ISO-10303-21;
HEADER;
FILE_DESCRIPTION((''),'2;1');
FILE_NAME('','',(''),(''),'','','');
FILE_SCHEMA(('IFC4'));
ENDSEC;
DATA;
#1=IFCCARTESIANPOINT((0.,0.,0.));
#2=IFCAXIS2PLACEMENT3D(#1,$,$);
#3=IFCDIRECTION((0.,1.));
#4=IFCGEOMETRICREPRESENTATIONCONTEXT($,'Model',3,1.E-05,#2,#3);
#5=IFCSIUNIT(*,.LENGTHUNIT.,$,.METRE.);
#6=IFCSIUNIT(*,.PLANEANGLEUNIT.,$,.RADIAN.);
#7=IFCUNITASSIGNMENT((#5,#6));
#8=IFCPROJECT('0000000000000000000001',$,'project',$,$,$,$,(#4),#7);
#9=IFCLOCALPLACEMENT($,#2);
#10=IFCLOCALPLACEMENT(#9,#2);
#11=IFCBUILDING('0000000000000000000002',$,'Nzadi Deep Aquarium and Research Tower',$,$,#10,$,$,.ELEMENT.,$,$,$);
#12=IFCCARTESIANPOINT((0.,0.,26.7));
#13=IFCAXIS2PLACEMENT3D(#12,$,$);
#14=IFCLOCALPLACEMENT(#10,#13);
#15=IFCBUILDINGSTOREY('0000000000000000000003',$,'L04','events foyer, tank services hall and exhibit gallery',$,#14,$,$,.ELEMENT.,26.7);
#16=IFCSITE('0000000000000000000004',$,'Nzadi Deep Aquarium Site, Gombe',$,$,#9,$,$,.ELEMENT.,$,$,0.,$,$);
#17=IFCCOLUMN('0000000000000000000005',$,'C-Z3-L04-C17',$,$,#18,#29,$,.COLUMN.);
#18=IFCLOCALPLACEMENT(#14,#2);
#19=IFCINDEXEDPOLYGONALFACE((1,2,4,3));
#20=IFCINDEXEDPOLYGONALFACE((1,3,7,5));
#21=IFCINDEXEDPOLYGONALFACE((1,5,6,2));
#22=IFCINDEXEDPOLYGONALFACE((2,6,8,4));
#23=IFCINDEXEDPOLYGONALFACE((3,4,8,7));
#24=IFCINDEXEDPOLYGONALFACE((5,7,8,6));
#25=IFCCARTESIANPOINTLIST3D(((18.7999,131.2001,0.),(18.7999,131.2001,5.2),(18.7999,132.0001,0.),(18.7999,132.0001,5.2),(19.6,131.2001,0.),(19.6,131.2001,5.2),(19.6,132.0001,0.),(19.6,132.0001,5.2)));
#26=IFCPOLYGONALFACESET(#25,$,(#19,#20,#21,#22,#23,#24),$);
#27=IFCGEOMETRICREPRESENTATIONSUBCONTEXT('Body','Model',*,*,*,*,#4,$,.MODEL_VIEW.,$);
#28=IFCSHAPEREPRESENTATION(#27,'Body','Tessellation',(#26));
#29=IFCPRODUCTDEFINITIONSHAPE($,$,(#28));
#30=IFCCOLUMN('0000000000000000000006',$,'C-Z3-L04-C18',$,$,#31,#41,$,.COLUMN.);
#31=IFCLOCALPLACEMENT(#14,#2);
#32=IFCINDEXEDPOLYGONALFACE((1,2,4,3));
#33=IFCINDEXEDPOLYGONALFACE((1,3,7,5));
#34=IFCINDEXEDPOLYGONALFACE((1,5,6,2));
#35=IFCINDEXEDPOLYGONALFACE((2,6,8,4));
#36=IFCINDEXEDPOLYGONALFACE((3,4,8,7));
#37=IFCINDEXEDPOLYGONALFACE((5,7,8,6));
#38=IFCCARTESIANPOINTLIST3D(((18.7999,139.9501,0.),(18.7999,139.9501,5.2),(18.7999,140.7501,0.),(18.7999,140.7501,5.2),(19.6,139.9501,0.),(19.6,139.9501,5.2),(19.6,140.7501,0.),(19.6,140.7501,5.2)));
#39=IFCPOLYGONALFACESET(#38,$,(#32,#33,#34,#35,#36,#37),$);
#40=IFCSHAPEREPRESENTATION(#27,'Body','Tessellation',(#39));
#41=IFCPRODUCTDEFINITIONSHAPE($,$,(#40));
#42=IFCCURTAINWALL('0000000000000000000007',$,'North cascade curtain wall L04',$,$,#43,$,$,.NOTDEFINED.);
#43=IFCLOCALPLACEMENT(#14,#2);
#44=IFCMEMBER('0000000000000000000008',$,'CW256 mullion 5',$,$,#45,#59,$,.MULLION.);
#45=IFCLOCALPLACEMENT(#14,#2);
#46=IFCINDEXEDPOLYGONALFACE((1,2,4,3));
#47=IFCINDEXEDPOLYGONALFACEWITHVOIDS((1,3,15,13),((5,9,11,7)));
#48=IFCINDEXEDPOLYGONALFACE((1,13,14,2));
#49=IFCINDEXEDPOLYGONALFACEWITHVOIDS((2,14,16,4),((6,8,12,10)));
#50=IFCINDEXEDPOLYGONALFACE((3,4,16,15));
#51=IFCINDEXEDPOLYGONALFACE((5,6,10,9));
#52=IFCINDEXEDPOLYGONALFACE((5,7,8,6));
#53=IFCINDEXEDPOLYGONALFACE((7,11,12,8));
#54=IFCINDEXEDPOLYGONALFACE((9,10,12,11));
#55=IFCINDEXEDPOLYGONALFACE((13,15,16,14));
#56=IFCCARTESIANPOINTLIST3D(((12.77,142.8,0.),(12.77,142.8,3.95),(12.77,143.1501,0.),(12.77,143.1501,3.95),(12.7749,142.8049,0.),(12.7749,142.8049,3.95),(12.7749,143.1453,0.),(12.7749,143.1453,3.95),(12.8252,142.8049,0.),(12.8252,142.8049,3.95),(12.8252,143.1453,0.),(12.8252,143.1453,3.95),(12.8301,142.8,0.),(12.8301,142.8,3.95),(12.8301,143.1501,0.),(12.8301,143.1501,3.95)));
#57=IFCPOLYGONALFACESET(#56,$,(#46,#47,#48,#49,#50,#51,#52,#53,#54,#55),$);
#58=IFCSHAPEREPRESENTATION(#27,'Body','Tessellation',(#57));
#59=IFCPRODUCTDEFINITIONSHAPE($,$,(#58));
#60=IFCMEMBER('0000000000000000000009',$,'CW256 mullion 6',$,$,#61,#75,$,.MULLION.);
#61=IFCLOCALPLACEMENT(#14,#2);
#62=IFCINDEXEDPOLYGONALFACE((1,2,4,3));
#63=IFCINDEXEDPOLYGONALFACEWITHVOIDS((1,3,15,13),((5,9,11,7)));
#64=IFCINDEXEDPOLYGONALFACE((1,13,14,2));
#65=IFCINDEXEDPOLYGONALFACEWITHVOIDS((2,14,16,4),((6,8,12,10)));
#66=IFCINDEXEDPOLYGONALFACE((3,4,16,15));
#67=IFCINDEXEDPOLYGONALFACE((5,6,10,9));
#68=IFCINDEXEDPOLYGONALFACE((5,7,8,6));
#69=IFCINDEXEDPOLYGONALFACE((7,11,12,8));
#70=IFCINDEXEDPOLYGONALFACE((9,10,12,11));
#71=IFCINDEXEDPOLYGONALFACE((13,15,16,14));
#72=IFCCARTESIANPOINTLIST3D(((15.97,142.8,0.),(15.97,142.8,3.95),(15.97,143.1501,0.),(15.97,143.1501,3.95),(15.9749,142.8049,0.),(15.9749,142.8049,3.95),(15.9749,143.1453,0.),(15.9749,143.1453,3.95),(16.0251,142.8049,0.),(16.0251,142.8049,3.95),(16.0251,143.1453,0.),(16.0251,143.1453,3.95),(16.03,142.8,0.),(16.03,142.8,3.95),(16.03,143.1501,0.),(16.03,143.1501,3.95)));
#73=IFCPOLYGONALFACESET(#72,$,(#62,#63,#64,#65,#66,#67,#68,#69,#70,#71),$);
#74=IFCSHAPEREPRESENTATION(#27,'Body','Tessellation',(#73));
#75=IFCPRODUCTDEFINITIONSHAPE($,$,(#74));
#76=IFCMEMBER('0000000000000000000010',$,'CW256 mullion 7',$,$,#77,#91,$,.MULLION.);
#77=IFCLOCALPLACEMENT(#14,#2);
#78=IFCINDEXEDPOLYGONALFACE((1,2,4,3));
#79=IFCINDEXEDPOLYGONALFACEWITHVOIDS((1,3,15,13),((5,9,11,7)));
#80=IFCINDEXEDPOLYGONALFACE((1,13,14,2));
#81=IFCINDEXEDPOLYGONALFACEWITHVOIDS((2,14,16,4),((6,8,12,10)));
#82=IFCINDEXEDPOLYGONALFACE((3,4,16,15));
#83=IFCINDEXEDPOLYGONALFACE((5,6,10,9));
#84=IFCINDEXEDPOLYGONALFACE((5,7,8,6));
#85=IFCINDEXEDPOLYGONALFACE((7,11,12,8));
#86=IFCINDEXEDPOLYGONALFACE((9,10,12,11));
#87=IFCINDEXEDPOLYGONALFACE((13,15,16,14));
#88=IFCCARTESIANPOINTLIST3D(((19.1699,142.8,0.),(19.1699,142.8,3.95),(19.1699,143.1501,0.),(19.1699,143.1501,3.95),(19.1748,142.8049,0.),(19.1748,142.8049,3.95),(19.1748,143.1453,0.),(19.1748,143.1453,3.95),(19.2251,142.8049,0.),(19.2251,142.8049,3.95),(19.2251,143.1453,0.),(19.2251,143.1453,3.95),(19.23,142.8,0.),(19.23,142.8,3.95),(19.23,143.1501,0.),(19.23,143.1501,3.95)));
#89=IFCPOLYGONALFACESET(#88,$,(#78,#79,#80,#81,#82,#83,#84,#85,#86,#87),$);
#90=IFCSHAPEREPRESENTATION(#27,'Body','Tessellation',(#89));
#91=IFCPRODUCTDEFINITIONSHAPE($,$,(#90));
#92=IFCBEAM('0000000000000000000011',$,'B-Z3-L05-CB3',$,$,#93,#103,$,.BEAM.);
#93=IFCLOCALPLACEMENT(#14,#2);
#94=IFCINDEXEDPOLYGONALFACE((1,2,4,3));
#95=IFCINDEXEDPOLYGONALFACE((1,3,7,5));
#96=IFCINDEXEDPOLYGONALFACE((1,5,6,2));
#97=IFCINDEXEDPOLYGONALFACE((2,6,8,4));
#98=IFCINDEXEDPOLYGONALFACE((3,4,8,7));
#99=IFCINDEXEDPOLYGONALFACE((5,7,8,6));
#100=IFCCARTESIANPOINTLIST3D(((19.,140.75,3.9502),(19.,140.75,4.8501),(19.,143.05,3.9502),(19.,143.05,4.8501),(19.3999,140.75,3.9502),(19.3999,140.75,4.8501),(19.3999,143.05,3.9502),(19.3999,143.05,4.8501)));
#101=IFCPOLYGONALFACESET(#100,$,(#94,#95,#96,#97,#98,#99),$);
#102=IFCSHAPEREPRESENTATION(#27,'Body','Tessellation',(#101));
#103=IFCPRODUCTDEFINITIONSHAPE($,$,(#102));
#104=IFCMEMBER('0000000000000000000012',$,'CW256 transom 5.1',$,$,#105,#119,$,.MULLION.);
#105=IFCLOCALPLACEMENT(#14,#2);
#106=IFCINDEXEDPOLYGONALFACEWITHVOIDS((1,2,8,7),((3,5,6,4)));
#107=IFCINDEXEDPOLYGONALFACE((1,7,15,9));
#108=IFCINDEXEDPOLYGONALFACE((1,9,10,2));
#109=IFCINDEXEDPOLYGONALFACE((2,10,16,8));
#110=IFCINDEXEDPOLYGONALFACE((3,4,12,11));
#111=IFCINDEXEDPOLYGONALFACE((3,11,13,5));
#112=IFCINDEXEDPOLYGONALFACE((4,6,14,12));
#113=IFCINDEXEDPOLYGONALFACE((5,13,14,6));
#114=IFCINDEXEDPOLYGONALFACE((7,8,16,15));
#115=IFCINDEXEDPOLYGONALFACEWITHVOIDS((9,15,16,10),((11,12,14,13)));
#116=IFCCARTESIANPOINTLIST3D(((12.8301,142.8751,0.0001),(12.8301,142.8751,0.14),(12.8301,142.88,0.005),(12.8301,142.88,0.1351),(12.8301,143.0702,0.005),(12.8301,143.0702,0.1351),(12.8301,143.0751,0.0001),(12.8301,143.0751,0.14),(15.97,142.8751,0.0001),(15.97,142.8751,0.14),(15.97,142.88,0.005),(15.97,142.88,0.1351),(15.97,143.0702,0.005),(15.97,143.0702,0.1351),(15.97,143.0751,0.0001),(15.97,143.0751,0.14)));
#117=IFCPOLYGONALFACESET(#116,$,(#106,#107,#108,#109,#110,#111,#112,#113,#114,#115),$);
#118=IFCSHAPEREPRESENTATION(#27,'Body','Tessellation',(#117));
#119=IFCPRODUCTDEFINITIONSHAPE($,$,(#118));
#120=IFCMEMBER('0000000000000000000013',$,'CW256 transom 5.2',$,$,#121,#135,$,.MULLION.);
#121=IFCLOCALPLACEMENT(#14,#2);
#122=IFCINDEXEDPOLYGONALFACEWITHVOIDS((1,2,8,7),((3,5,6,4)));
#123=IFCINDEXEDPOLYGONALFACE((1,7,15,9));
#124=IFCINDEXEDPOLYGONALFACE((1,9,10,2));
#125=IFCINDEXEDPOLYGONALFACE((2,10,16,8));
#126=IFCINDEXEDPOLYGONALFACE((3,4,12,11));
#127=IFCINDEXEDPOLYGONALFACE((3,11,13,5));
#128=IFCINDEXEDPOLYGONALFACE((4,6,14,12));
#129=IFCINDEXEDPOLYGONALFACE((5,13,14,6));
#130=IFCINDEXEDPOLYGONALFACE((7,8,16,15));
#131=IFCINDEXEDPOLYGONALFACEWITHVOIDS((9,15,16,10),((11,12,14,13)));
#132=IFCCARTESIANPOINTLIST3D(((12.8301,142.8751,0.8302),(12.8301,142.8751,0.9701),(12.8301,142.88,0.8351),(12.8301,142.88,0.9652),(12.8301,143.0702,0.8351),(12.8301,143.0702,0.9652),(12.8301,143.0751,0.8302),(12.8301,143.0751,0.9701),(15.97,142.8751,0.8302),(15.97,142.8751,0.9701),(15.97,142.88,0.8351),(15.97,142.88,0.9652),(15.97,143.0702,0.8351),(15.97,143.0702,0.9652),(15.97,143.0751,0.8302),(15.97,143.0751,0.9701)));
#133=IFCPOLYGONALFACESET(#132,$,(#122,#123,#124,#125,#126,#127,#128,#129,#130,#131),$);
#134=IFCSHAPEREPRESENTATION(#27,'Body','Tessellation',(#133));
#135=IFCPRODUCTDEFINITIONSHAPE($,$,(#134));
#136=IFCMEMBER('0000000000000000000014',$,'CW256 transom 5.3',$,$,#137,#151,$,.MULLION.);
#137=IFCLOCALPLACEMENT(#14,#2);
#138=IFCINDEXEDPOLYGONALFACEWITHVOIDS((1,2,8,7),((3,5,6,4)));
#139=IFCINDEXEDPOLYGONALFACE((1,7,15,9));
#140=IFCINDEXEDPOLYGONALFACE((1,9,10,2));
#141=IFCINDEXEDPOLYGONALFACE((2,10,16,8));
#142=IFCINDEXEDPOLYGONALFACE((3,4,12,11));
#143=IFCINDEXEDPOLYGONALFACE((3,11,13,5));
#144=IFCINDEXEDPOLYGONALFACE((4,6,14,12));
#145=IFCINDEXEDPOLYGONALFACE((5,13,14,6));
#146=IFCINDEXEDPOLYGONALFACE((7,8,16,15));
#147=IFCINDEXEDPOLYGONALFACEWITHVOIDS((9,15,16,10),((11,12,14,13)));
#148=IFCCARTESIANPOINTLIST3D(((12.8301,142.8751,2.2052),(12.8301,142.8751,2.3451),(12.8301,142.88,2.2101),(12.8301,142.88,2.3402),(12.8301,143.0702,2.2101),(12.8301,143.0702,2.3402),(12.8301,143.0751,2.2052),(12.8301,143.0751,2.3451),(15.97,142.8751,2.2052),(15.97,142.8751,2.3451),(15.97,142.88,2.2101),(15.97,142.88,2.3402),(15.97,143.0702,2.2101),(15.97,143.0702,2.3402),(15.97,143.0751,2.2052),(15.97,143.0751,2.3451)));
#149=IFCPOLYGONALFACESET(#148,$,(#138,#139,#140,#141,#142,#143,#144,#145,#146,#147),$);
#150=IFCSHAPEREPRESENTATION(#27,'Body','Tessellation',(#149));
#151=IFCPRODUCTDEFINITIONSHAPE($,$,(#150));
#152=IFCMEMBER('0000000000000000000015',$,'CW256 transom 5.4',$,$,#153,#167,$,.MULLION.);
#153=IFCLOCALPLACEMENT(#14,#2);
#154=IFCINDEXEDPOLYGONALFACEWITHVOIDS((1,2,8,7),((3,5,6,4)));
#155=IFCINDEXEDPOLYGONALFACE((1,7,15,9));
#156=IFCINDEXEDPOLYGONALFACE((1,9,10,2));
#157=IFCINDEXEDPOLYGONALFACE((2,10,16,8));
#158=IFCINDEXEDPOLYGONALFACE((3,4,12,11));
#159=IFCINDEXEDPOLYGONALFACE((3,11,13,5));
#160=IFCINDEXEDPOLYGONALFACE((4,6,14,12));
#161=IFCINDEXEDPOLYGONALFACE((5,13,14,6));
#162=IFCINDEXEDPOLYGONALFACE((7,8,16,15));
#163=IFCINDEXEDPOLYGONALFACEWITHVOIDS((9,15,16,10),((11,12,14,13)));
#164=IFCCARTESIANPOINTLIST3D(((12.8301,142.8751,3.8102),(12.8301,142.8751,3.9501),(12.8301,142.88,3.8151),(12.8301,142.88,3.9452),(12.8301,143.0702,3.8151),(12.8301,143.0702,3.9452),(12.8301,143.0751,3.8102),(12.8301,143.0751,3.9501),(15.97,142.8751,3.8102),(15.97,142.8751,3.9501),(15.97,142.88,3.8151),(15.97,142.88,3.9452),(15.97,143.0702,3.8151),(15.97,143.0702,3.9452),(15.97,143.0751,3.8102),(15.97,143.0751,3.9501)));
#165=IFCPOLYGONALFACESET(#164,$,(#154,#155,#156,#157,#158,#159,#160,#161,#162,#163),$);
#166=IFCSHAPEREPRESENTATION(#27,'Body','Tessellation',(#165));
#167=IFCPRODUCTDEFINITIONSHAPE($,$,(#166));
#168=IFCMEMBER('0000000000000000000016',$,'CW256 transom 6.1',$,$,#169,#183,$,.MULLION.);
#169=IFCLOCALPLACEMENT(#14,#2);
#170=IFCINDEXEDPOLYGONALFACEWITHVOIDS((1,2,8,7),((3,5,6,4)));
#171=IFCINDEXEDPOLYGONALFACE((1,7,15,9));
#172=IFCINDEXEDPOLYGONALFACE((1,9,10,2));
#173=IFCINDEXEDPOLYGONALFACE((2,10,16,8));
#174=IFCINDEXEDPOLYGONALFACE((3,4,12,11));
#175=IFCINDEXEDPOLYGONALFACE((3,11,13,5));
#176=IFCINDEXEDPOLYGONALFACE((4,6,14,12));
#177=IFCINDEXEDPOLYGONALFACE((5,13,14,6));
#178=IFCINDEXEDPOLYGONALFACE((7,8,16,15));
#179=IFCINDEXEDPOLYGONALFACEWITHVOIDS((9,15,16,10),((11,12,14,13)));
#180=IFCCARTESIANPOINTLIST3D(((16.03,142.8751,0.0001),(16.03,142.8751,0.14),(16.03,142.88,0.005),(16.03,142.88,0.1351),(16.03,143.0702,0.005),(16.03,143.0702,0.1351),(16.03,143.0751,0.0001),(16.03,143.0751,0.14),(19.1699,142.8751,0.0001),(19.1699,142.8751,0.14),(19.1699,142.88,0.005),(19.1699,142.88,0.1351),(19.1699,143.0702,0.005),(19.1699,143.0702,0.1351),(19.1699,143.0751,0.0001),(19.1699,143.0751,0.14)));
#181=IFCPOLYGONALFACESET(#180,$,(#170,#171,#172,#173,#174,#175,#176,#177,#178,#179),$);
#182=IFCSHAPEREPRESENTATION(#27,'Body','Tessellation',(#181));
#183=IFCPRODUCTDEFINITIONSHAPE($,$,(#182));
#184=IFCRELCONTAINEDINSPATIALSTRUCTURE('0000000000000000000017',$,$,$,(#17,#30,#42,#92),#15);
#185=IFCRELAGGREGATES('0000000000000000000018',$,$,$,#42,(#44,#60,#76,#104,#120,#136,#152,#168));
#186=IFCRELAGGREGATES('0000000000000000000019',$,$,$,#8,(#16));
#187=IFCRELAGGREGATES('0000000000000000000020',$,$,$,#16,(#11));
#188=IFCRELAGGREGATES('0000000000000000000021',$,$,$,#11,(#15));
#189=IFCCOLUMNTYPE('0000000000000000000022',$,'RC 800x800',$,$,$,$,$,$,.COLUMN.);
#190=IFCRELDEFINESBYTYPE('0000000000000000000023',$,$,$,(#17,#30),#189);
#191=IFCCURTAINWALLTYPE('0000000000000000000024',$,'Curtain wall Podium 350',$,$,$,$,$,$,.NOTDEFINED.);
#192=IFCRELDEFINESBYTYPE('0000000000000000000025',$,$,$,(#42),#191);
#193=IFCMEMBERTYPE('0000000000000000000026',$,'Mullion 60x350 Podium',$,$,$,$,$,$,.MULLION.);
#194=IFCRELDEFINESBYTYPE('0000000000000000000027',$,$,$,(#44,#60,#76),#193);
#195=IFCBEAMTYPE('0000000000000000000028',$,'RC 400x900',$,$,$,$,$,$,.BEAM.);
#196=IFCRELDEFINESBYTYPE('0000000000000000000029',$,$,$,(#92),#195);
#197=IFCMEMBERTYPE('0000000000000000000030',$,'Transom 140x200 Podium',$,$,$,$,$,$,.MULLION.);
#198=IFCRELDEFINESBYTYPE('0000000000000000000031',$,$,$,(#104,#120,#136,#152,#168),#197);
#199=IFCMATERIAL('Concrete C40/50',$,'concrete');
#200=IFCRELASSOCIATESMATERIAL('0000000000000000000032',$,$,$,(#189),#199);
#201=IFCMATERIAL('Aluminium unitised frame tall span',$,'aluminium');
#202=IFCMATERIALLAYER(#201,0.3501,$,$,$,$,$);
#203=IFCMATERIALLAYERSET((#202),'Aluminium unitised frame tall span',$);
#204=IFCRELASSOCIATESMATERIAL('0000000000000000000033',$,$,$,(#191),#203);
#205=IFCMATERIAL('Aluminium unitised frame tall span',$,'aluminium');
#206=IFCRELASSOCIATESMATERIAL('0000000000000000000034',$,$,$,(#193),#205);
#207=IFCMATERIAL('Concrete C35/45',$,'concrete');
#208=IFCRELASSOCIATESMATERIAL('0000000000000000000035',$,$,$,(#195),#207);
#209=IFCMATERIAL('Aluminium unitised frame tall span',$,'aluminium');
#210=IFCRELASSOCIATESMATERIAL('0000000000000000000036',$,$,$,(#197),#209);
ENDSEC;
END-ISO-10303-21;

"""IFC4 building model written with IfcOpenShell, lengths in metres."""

from ifc_helpers import new_model, si_unit, direction, frame, origin, origin_2d, place, context, subcontext, project, spatial, rectangle, hollow_rectangle, extrude, material, layer, layer_set, material_profile, profile_set, type_object, element, aggregate, save


model = new_model("IFC4")

# Units and contexts
model_context = context("Model", 3, precision=1e-05, world=origin(), true_north=direction((0.0, 1.0)))
body_context = subcontext(model_context, "Body", "Model", "MODEL_VIEW")
ifc_project = project(units=[si_unit("LENGTHUNIT", "METRE"), si_unit("PLANEANGLEUNIT", "RADIAN")], contexts=[model_context])

# Site, building, storey
site_placement = place(None, origin())
site = spatial("IfcSite", under=ifc_project, at=site_placement, Name="Nzadi Deep Aquarium Site, Gombe", CompositionType="ELEMENT", RefElevation=0.0)
building_placement = place(site_placement, origin())
building = spatial("IfcBuilding", under=site, at=building_placement, Name="Nzadi Deep Aquarium and Research Tower", CompositionType="ELEMENT")
storey_placement = place(building_placement, frame((0.0, 0.0, 26.7)))
storey = spatial("IfcBuildingStorey", under=building, at=storey_placement, Name="L04", Description="events foyer, tank services hall and exhibit gallery", CompositionType="ELEMENT", Elevation=26.7)

# Columns
ifc_material_1 = material(Name="Concrete C40/50", Category="concrete")
ifc_material_profile_1 = material_profile(ifc_material_1, rectangle(XDim=0.8, YDim=0.8, at=origin_2d()))
ifc_profile_set_1 = profile_set([ifc_material_profile_1], Name="Concrete C40/50")
column_type = type_object("IfcColumnType", Name="RC 800x800", PredefinedType="COLUMN", material=ifc_profile_set_1)
for number, where, z_axis, x_axis, name in (
    (1, (19.2, 131.6001, 0.0), (0.0, 0.0, 1.0), (1.0, 0.0, 0.0), "C-Z3-L04-C17"),
    (2, (19.2, 140.3501, 0.0), (0.0, 0.0, 1.0), (1.0, 0.0, 0.0), "C-Z3-L04-C18"),
):
    element("IfcColumn", number, at=place(storey_placement, frame(where, z_axis=z_axis, x_axis=x_axis)), inside=storey, type_object=column_type, Name=name, PredefinedType="COLUMN", context=body_context, shape_type="SweptSolid", body=[
        extrude(rectangle(XDim=0.8, YDim=0.8, at=origin_2d()), origin(), (0.0, 0.0, 1.0), 5.2),
    ])

# Curtain wall, members
ifc_material_2 = material(Name="Aluminium unitised frame tall span", Category="aluminium")
ifc_layer_1 = layer(ifc_material_2, 0.3501)
ifc_layer_set_1 = layer_set([ifc_layer_1], Name="Aluminium unitised frame tall span")
curtain_wall_type = type_object("IfcCurtainWallType", Name="Curtain wall Podium 350", PredefinedType="NOTDEFINED", material=ifc_layer_set_1)
curtain_wall_placement = place(storey_placement, origin())
curtain_wall = element("IfcCurtainWall", 3, at=curtain_wall_placement, inside=storey, type_object=curtain_wall_type, Name="North cascade curtain wall L04", PredefinedType="NOTDEFINED")
ifc_material_3 = material(Name="Aluminium unitised frame tall span", Category="aluminium")
ifc_material_profile_2 = material_profile(ifc_material_3, hollow_rectangle(XDim=0.3501, YDim=0.0601, WallThickness=0.0049, at=origin_2d()))
ifc_profile_set_2 = profile_set([ifc_material_profile_2], Name="Aluminium unitised frame tall span")
member_type_1 = type_object("IfcMemberType", Name="Mullion 60x350 Podium", PredefinedType="MULLION", material=ifc_profile_set_2)
member_1_placement = place(storey_placement, frame((12.8, 142.9751, 0.0), z_axis=(0.0, 0.0, 1.0), x_axis=(0.0, 1.0, 0.0)))
member_1 = element("IfcMember", 4, at=member_1_placement, type_object=member_type_1, Name="CW256 mullion 5", PredefinedType="MULLION", context=body_context, shape_type="SweptSolid", body=[
    extrude(hollow_rectangle(XDim=0.3501, YDim=0.0601, WallThickness=0.0049, at=origin_2d()), origin(), (0.0, 0.0, 1.0), 3.95),
])
member_2_placement = place(storey_placement, frame((16.0, 142.9751, 0.0), z_axis=(0.0, 0.0, 1.0), x_axis=(0.0, 1.0, 0.0)))
member_2 = element("IfcMember", 5, at=member_2_placement, type_object=member_type_1, Name="CW256 mullion 6", PredefinedType="MULLION", context=body_context, shape_type="SweptSolid", body=[
    extrude(hollow_rectangle(XDim=0.3501, YDim=0.0601, WallThickness=0.0049, at=origin_2d()), origin(), (0.0, 0.0, 1.0), 3.95),
])
member_3_placement = place(storey_placement, frame((19.2, 142.9751, 0.0), z_axis=(0.0, 0.0, 1.0), x_axis=(0.0, 1.0, 0.0)))
member_3 = element("IfcMember", 6, at=member_3_placement, type_object=member_type_1, Name="CW256 mullion 7", PredefinedType="MULLION", context=body_context, shape_type="SweptSolid", body=[
    extrude(hollow_rectangle(XDim=0.3501, YDim=0.0601, WallThickness=0.0049, at=origin_2d()), origin(), (0.0, 0.0, 1.0), 3.95),
])

# Beam
ifc_material_4 = material(Name="Concrete C35/45", Category="concrete")
ifc_material_profile_3 = material_profile(ifc_material_4, rectangle(XDim=0.3999, YDim=0.8999, at=origin_2d()))
ifc_profile_set_3 = profile_set([ifc_material_profile_3], Name="Concrete C35/45")
beam_type = type_object("IfcBeamType", Name="RC 400x900", PredefinedType="BEAM", material=ifc_profile_set_3)
beam_placement = place(storey_placement, frame((19.2, 140.75, 4.4001), z_axis=(0.0, 1.0, 0.0), x_axis=(-1.0, 0.0, 0.0)))
element("IfcBeam", 7, at=beam_placement, inside=storey, type_object=beam_type, Name="B-Z3-L05-CB3", PredefinedType="BEAM", context=body_context, shape_type="SweptSolid", body=[
    extrude(rectangle(XDim=0.3999, YDim=0.8999, at=origin_2d()), origin(), (0.0, 0.0, 1.0), 2.3),
])

# Members
ifc_material_5 = material(Name="Aluminium unitised frame tall span", Category="aluminium")
ifc_material_profile_4 = material_profile(ifc_material_5, hollow_rectangle(XDim=0.2, YDim=0.1399, WallThickness=0.0049, at=origin_2d()))
ifc_profile_set_4 = profile_set([ifc_material_profile_4], Name="Aluminium unitised frame tall span")
member_type_2 = type_object("IfcMemberType", Name="Transom 140x200 Podium", PredefinedType="MULLION", material=ifc_profile_set_4)
member_4_placement = place(storey_placement, frame((12.8301, 142.9751, 0.0701), z_axis=(1.0, 0.0, 0.0), x_axis=(0.0, 1.0, 0.0)))
member_4 = element("IfcMember", 8, at=member_4_placement, type_object=member_type_2, Name="CW256 transom 5.1", PredefinedType="MULLION", context=body_context, shape_type="SweptSolid", body=[
    extrude(hollow_rectangle(XDim=0.2, YDim=0.1399, WallThickness=0.0049, at=origin_2d()), origin(), (0.0, 0.0, 1.0), 3.1399),
])
member_5_placement = place(storey_placement, frame((12.8301, 142.9751, 0.9001), z_axis=(1.0, 0.0, 0.0), x_axis=(0.0, 1.0, 0.0)))
member_5 = element("IfcMember", 9, at=member_5_placement, type_object=member_type_2, Name="CW256 transom 5.2", PredefinedType="MULLION", context=body_context, shape_type="SweptSolid", body=[
    extrude(hollow_rectangle(XDim=0.2, YDim=0.1399, WallThickness=0.0049, at=origin_2d()), origin(), (0.0, 0.0, 1.0), 3.1399),
])
member_6_placement = place(storey_placement, frame((12.8301, 142.9751, 2.2751), z_axis=(1.0, 0.0, 0.0), x_axis=(0.0, 1.0, 0.0)))
member_6 = element("IfcMember", 10, at=member_6_placement, type_object=member_type_2, Name="CW256 transom 5.3", PredefinedType="MULLION", context=body_context, shape_type="SweptSolid", body=[
    extrude(hollow_rectangle(XDim=0.2, YDim=0.1399, WallThickness=0.0049, at=origin_2d()), origin(), (0.0, 0.0, 1.0), 3.1399),
])
member_7_placement = place(storey_placement, frame((12.8301, 142.9751, 3.8801), z_axis=(1.0, 0.0, 0.0), x_axis=(0.0, 1.0, 0.0)))
member_7 = element("IfcMember", 11, at=member_7_placement, type_object=member_type_2, Name="CW256 transom 5.4", PredefinedType="MULLION", context=body_context, shape_type="SweptSolid", body=[
    extrude(hollow_rectangle(XDim=0.2, YDim=0.1399, WallThickness=0.0049, at=origin_2d()), origin(), (0.0, 0.0, 1.0), 3.1399),
])
member_8_placement = place(storey_placement, frame((16.03, 142.9751, 0.0701), z_axis=(1.0, 0.0, 0.0), x_axis=(0.0, 1.0, 0.0)))
member_8 = element("IfcMember", 12, at=member_8_placement, type_object=member_type_2, Name="CW256 transom 6.1", PredefinedType="MULLION", context=body_context, shape_type="SweptSolid", body=[
    extrude(hollow_rectangle(XDim=0.2, YDim=0.1399, WallThickness=0.0049, at=origin_2d()), origin(), (0.0, 0.0, 1.0), 3.1399),
])

aggregate(curtain_wall, [member_1, member_2, member_3, member_4, member_5, member_6, member_7, member_8])

save(model, "model.ifc")
